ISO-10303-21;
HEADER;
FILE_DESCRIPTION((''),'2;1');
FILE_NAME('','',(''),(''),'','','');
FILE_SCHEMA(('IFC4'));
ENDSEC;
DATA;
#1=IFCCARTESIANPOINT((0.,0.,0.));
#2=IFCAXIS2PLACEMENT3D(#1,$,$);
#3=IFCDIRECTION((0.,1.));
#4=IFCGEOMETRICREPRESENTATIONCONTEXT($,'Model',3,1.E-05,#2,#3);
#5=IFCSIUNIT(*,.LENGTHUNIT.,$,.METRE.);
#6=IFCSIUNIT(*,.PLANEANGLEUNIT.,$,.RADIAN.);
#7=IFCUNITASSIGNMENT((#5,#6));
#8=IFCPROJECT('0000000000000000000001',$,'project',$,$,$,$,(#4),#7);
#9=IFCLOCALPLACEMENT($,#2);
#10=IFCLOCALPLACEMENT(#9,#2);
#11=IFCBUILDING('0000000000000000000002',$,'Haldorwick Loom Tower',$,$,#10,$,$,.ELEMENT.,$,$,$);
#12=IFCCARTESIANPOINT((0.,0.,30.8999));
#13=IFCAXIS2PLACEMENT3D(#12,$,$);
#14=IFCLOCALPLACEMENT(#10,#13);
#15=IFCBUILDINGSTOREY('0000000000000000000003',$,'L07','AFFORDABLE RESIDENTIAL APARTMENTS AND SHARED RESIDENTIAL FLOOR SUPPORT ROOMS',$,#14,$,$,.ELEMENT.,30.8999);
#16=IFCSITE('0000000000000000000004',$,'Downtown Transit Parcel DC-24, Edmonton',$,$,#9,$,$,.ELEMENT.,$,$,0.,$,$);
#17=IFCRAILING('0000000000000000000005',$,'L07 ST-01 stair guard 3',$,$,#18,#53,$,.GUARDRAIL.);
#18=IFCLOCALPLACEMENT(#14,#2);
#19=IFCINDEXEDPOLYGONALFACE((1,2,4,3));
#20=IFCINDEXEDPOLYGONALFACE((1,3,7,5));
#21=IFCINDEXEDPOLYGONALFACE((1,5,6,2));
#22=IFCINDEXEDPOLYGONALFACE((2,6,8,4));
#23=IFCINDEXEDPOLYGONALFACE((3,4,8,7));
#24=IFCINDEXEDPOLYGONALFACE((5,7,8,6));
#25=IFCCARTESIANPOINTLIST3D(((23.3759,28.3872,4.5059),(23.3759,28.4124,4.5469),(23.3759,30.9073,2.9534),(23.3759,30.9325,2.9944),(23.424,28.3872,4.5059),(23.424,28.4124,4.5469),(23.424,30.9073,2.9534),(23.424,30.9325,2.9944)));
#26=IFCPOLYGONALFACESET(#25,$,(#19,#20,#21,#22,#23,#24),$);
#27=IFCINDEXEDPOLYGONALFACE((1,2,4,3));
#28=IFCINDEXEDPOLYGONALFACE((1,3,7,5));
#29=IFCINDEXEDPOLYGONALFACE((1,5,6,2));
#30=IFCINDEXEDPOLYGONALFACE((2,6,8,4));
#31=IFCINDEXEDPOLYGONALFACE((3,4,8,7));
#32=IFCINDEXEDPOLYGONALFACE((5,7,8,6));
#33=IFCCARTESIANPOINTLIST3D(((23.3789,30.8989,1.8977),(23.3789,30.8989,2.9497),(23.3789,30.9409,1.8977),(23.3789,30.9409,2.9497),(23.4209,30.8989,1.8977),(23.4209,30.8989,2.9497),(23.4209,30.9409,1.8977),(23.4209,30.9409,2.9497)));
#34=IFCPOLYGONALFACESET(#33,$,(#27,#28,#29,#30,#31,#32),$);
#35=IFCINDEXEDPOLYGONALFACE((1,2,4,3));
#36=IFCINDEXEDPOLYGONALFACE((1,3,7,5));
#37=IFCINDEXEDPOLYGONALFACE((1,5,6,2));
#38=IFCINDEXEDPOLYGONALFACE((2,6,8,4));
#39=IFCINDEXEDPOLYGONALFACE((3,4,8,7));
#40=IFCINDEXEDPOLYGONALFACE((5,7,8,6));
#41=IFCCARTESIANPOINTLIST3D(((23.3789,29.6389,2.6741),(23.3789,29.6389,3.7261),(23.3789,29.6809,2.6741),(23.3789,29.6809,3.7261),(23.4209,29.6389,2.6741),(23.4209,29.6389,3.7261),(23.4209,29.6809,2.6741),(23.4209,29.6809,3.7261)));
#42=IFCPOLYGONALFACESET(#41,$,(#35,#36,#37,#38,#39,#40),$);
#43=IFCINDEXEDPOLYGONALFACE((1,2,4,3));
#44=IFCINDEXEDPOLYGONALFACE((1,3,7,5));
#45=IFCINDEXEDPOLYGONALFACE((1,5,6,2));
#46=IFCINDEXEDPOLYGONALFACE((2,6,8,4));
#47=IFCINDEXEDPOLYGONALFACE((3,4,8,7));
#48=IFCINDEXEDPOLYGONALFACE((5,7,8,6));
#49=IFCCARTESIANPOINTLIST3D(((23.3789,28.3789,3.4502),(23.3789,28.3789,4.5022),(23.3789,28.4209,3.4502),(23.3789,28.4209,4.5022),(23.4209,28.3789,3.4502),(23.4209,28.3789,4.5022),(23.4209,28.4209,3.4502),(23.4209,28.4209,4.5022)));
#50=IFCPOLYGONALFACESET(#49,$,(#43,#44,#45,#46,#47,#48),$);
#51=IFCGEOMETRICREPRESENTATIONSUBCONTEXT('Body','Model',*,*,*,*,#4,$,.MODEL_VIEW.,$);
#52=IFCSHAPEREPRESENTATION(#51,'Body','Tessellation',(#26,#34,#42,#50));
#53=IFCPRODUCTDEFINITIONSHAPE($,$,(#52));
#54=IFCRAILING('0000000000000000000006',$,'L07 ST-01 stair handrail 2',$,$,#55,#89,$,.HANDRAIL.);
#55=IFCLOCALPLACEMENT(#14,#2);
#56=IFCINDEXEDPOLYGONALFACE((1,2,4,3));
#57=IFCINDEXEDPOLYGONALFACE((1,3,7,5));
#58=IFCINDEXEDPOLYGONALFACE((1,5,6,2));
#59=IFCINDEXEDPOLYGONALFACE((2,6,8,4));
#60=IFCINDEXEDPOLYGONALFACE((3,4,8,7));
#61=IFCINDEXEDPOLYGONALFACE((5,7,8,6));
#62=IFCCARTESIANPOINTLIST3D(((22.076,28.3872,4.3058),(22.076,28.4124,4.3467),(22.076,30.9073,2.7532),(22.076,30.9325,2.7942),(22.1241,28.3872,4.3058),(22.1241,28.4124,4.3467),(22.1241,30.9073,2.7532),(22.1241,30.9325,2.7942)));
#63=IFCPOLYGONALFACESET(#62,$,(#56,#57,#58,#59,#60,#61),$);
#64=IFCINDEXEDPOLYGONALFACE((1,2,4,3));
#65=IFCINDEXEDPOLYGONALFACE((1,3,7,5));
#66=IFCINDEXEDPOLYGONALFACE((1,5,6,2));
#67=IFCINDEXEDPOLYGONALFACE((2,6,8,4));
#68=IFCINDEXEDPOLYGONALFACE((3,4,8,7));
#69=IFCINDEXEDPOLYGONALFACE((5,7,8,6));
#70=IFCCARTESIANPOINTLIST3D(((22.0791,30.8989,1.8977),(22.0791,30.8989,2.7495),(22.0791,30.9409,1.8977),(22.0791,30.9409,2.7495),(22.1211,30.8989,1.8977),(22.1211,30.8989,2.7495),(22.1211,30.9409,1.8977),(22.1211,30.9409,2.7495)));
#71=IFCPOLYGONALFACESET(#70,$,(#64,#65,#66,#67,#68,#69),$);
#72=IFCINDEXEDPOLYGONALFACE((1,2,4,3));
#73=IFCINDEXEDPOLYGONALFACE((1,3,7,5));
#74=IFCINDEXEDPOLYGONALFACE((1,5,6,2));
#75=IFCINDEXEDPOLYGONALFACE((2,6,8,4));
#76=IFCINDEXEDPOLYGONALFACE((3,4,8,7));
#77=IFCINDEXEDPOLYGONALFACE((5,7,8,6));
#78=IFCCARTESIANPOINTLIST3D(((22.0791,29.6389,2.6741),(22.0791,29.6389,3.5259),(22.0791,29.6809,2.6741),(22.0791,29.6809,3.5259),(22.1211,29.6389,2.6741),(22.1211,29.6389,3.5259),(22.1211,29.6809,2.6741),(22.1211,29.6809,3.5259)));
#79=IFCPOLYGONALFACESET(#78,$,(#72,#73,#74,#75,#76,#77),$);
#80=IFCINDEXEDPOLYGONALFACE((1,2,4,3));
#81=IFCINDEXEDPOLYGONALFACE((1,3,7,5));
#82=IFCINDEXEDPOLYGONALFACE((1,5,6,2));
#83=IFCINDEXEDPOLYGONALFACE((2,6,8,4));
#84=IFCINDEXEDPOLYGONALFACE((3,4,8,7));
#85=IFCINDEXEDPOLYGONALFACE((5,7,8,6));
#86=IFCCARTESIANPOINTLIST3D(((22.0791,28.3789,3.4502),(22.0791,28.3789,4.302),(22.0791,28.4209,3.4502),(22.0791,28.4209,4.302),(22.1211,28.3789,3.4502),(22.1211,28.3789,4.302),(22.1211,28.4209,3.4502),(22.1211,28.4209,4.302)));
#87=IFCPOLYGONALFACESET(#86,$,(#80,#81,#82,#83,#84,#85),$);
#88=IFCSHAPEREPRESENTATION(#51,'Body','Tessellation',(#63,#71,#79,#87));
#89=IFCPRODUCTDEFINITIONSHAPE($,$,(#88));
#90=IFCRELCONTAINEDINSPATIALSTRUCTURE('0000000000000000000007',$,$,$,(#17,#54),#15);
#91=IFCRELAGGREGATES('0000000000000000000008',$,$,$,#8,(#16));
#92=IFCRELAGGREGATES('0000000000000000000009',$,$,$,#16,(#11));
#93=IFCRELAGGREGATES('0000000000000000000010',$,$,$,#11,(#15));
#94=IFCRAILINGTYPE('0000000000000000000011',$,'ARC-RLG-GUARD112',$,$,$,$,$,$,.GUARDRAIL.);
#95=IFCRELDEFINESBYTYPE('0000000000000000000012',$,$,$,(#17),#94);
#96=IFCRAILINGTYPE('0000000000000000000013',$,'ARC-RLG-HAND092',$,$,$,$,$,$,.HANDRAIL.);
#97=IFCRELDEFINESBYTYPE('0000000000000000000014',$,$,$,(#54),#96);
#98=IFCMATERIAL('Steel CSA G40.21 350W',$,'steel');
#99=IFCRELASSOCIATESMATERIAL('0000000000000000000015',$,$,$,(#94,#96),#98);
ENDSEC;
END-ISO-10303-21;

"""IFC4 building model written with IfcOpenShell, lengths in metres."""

from ifc_helpers import new_model, si_unit, direction, frame, origin, origin_2d, place, context, subcontext, project, spatial, rectangle, extrude, material, type_object, element, save


model = new_model("IFC4")

# Units and contexts
model_context = context("Model", 3, precision=1e-05, world=origin(), true_north=direction((0.0, 1.0)))
body_context = subcontext(model_context, "Body", "Model", "MODEL_VIEW")
ifc_project = project(units=[si_unit("LENGTHUNIT", "METRE"), si_unit("PLANEANGLEUNIT", "RADIAN")], contexts=[model_context])

# Site, building, storey
site_placement = place(None, origin())
site = spatial("IfcSite", under=ifc_project, at=site_placement, Name="Downtown Transit Parcel DC-24, Edmonton", CompositionType="ELEMENT", RefElevation=0.0)
building_placement = place(site_placement, origin())
building = spatial("IfcBuilding", under=site, at=building_placement, Name="Haldorwick Loom Tower", CompositionType="ELEMENT")
storey_placement = place(building_placement, frame((0.0, 0.0, 30.8999)))
storey = spatial("IfcBuildingStorey", under=building, at=storey_placement, Name="L07", Description="AFFORDABLE RESIDENTIAL APARTMENTS AND SHARED RESIDENTIAL FLOOR SUPPORT ROOMS", CompositionType="ELEMENT", Elevation=30.8999)

# Shared definitions
ifc_material_1 = material(Name="Steel CSA G40.21 350W", Category="steel")

# Railings
railing_type_1 = type_object("IfcRailingType", Name="ARC-RLG-GUARD112", PredefinedType="GUARDRAIL", material=ifc_material_1)
railing_1_placement = place(storey_placement, frame((23.3999, 30.9199, 1.8977)))
element("IfcRailing", 1, at=railing_1_placement, inside=storey, type_object=railing_type_1, Name="L07 ST-01 stair guard 3", PredefinedType="GUARDRAIL", context=body_context, shape_type="SweptSolid", body=[
    extrude(rectangle(XDim=0.0481, YDim=0.0481, at=origin_2d()), frame((0.0, 0.0, 1.0762), z_axis=(0.0, -0.8514, 0.524516), x_axis=(1.0, 0.0, 0.0)), (0.0, 0.0, 1.0), 2.96),
    extrude(rectangle(XDim=0.042, YDim=0.042, at=origin_2d()), origin(), (0.0, 0.0, 1.0), 1.052),
    extrude(rectangle(XDim=0.042, YDim=0.042, at=origin_2d()), frame((0.0, -1.26, 0.7764)), (0.0, 0.0, 1.0), 1.052),
    extrude(rectangle(XDim=0.042, YDim=0.042, at=origin_2d()), frame((0.0, -2.52, 1.5525)), (0.0, 0.0, 1.0), 1.052),
])
railing_type_2 = type_object("IfcRailingType", Name="ARC-RLG-HAND092", PredefinedType="HANDRAIL", material=ifc_material_1)
railing_2_placement = place(storey_placement, frame((22.1001, 30.9199, 1.8977)))
element("IfcRailing", 2, at=railing_2_placement, inside=storey, type_object=railing_type_2, Name="L07 ST-01 stair handrail 2", PredefinedType="HANDRAIL", context=body_context, shape_type="SweptSolid", body=[
    extrude(rectangle(XDim=0.0481, YDim=0.0481, at=origin_2d()), frame((0.0, 0.0, 0.876), z_axis=(0.0, -0.8514, 0.524516), x_axis=(1.0, 0.0, 0.0)), (0.0, 0.0, 1.0), 2.96),
    extrude(rectangle(XDim=0.042, YDim=0.042, at=origin_2d()), origin(), (0.0, 0.0, 1.0), 0.8518),
    extrude(rectangle(XDim=0.042, YDim=0.042, at=origin_2d()), frame((0.0, -1.26, 0.7764)), (0.0, 0.0, 1.0), 0.8518),
    extrude(rectangle(XDim=0.042, YDim=0.042, at=origin_2d()), frame((0.0, -2.52, 1.5525)), (0.0, 0.0, 1.0), 0.8518),
])

save(model, "model.ifc")
